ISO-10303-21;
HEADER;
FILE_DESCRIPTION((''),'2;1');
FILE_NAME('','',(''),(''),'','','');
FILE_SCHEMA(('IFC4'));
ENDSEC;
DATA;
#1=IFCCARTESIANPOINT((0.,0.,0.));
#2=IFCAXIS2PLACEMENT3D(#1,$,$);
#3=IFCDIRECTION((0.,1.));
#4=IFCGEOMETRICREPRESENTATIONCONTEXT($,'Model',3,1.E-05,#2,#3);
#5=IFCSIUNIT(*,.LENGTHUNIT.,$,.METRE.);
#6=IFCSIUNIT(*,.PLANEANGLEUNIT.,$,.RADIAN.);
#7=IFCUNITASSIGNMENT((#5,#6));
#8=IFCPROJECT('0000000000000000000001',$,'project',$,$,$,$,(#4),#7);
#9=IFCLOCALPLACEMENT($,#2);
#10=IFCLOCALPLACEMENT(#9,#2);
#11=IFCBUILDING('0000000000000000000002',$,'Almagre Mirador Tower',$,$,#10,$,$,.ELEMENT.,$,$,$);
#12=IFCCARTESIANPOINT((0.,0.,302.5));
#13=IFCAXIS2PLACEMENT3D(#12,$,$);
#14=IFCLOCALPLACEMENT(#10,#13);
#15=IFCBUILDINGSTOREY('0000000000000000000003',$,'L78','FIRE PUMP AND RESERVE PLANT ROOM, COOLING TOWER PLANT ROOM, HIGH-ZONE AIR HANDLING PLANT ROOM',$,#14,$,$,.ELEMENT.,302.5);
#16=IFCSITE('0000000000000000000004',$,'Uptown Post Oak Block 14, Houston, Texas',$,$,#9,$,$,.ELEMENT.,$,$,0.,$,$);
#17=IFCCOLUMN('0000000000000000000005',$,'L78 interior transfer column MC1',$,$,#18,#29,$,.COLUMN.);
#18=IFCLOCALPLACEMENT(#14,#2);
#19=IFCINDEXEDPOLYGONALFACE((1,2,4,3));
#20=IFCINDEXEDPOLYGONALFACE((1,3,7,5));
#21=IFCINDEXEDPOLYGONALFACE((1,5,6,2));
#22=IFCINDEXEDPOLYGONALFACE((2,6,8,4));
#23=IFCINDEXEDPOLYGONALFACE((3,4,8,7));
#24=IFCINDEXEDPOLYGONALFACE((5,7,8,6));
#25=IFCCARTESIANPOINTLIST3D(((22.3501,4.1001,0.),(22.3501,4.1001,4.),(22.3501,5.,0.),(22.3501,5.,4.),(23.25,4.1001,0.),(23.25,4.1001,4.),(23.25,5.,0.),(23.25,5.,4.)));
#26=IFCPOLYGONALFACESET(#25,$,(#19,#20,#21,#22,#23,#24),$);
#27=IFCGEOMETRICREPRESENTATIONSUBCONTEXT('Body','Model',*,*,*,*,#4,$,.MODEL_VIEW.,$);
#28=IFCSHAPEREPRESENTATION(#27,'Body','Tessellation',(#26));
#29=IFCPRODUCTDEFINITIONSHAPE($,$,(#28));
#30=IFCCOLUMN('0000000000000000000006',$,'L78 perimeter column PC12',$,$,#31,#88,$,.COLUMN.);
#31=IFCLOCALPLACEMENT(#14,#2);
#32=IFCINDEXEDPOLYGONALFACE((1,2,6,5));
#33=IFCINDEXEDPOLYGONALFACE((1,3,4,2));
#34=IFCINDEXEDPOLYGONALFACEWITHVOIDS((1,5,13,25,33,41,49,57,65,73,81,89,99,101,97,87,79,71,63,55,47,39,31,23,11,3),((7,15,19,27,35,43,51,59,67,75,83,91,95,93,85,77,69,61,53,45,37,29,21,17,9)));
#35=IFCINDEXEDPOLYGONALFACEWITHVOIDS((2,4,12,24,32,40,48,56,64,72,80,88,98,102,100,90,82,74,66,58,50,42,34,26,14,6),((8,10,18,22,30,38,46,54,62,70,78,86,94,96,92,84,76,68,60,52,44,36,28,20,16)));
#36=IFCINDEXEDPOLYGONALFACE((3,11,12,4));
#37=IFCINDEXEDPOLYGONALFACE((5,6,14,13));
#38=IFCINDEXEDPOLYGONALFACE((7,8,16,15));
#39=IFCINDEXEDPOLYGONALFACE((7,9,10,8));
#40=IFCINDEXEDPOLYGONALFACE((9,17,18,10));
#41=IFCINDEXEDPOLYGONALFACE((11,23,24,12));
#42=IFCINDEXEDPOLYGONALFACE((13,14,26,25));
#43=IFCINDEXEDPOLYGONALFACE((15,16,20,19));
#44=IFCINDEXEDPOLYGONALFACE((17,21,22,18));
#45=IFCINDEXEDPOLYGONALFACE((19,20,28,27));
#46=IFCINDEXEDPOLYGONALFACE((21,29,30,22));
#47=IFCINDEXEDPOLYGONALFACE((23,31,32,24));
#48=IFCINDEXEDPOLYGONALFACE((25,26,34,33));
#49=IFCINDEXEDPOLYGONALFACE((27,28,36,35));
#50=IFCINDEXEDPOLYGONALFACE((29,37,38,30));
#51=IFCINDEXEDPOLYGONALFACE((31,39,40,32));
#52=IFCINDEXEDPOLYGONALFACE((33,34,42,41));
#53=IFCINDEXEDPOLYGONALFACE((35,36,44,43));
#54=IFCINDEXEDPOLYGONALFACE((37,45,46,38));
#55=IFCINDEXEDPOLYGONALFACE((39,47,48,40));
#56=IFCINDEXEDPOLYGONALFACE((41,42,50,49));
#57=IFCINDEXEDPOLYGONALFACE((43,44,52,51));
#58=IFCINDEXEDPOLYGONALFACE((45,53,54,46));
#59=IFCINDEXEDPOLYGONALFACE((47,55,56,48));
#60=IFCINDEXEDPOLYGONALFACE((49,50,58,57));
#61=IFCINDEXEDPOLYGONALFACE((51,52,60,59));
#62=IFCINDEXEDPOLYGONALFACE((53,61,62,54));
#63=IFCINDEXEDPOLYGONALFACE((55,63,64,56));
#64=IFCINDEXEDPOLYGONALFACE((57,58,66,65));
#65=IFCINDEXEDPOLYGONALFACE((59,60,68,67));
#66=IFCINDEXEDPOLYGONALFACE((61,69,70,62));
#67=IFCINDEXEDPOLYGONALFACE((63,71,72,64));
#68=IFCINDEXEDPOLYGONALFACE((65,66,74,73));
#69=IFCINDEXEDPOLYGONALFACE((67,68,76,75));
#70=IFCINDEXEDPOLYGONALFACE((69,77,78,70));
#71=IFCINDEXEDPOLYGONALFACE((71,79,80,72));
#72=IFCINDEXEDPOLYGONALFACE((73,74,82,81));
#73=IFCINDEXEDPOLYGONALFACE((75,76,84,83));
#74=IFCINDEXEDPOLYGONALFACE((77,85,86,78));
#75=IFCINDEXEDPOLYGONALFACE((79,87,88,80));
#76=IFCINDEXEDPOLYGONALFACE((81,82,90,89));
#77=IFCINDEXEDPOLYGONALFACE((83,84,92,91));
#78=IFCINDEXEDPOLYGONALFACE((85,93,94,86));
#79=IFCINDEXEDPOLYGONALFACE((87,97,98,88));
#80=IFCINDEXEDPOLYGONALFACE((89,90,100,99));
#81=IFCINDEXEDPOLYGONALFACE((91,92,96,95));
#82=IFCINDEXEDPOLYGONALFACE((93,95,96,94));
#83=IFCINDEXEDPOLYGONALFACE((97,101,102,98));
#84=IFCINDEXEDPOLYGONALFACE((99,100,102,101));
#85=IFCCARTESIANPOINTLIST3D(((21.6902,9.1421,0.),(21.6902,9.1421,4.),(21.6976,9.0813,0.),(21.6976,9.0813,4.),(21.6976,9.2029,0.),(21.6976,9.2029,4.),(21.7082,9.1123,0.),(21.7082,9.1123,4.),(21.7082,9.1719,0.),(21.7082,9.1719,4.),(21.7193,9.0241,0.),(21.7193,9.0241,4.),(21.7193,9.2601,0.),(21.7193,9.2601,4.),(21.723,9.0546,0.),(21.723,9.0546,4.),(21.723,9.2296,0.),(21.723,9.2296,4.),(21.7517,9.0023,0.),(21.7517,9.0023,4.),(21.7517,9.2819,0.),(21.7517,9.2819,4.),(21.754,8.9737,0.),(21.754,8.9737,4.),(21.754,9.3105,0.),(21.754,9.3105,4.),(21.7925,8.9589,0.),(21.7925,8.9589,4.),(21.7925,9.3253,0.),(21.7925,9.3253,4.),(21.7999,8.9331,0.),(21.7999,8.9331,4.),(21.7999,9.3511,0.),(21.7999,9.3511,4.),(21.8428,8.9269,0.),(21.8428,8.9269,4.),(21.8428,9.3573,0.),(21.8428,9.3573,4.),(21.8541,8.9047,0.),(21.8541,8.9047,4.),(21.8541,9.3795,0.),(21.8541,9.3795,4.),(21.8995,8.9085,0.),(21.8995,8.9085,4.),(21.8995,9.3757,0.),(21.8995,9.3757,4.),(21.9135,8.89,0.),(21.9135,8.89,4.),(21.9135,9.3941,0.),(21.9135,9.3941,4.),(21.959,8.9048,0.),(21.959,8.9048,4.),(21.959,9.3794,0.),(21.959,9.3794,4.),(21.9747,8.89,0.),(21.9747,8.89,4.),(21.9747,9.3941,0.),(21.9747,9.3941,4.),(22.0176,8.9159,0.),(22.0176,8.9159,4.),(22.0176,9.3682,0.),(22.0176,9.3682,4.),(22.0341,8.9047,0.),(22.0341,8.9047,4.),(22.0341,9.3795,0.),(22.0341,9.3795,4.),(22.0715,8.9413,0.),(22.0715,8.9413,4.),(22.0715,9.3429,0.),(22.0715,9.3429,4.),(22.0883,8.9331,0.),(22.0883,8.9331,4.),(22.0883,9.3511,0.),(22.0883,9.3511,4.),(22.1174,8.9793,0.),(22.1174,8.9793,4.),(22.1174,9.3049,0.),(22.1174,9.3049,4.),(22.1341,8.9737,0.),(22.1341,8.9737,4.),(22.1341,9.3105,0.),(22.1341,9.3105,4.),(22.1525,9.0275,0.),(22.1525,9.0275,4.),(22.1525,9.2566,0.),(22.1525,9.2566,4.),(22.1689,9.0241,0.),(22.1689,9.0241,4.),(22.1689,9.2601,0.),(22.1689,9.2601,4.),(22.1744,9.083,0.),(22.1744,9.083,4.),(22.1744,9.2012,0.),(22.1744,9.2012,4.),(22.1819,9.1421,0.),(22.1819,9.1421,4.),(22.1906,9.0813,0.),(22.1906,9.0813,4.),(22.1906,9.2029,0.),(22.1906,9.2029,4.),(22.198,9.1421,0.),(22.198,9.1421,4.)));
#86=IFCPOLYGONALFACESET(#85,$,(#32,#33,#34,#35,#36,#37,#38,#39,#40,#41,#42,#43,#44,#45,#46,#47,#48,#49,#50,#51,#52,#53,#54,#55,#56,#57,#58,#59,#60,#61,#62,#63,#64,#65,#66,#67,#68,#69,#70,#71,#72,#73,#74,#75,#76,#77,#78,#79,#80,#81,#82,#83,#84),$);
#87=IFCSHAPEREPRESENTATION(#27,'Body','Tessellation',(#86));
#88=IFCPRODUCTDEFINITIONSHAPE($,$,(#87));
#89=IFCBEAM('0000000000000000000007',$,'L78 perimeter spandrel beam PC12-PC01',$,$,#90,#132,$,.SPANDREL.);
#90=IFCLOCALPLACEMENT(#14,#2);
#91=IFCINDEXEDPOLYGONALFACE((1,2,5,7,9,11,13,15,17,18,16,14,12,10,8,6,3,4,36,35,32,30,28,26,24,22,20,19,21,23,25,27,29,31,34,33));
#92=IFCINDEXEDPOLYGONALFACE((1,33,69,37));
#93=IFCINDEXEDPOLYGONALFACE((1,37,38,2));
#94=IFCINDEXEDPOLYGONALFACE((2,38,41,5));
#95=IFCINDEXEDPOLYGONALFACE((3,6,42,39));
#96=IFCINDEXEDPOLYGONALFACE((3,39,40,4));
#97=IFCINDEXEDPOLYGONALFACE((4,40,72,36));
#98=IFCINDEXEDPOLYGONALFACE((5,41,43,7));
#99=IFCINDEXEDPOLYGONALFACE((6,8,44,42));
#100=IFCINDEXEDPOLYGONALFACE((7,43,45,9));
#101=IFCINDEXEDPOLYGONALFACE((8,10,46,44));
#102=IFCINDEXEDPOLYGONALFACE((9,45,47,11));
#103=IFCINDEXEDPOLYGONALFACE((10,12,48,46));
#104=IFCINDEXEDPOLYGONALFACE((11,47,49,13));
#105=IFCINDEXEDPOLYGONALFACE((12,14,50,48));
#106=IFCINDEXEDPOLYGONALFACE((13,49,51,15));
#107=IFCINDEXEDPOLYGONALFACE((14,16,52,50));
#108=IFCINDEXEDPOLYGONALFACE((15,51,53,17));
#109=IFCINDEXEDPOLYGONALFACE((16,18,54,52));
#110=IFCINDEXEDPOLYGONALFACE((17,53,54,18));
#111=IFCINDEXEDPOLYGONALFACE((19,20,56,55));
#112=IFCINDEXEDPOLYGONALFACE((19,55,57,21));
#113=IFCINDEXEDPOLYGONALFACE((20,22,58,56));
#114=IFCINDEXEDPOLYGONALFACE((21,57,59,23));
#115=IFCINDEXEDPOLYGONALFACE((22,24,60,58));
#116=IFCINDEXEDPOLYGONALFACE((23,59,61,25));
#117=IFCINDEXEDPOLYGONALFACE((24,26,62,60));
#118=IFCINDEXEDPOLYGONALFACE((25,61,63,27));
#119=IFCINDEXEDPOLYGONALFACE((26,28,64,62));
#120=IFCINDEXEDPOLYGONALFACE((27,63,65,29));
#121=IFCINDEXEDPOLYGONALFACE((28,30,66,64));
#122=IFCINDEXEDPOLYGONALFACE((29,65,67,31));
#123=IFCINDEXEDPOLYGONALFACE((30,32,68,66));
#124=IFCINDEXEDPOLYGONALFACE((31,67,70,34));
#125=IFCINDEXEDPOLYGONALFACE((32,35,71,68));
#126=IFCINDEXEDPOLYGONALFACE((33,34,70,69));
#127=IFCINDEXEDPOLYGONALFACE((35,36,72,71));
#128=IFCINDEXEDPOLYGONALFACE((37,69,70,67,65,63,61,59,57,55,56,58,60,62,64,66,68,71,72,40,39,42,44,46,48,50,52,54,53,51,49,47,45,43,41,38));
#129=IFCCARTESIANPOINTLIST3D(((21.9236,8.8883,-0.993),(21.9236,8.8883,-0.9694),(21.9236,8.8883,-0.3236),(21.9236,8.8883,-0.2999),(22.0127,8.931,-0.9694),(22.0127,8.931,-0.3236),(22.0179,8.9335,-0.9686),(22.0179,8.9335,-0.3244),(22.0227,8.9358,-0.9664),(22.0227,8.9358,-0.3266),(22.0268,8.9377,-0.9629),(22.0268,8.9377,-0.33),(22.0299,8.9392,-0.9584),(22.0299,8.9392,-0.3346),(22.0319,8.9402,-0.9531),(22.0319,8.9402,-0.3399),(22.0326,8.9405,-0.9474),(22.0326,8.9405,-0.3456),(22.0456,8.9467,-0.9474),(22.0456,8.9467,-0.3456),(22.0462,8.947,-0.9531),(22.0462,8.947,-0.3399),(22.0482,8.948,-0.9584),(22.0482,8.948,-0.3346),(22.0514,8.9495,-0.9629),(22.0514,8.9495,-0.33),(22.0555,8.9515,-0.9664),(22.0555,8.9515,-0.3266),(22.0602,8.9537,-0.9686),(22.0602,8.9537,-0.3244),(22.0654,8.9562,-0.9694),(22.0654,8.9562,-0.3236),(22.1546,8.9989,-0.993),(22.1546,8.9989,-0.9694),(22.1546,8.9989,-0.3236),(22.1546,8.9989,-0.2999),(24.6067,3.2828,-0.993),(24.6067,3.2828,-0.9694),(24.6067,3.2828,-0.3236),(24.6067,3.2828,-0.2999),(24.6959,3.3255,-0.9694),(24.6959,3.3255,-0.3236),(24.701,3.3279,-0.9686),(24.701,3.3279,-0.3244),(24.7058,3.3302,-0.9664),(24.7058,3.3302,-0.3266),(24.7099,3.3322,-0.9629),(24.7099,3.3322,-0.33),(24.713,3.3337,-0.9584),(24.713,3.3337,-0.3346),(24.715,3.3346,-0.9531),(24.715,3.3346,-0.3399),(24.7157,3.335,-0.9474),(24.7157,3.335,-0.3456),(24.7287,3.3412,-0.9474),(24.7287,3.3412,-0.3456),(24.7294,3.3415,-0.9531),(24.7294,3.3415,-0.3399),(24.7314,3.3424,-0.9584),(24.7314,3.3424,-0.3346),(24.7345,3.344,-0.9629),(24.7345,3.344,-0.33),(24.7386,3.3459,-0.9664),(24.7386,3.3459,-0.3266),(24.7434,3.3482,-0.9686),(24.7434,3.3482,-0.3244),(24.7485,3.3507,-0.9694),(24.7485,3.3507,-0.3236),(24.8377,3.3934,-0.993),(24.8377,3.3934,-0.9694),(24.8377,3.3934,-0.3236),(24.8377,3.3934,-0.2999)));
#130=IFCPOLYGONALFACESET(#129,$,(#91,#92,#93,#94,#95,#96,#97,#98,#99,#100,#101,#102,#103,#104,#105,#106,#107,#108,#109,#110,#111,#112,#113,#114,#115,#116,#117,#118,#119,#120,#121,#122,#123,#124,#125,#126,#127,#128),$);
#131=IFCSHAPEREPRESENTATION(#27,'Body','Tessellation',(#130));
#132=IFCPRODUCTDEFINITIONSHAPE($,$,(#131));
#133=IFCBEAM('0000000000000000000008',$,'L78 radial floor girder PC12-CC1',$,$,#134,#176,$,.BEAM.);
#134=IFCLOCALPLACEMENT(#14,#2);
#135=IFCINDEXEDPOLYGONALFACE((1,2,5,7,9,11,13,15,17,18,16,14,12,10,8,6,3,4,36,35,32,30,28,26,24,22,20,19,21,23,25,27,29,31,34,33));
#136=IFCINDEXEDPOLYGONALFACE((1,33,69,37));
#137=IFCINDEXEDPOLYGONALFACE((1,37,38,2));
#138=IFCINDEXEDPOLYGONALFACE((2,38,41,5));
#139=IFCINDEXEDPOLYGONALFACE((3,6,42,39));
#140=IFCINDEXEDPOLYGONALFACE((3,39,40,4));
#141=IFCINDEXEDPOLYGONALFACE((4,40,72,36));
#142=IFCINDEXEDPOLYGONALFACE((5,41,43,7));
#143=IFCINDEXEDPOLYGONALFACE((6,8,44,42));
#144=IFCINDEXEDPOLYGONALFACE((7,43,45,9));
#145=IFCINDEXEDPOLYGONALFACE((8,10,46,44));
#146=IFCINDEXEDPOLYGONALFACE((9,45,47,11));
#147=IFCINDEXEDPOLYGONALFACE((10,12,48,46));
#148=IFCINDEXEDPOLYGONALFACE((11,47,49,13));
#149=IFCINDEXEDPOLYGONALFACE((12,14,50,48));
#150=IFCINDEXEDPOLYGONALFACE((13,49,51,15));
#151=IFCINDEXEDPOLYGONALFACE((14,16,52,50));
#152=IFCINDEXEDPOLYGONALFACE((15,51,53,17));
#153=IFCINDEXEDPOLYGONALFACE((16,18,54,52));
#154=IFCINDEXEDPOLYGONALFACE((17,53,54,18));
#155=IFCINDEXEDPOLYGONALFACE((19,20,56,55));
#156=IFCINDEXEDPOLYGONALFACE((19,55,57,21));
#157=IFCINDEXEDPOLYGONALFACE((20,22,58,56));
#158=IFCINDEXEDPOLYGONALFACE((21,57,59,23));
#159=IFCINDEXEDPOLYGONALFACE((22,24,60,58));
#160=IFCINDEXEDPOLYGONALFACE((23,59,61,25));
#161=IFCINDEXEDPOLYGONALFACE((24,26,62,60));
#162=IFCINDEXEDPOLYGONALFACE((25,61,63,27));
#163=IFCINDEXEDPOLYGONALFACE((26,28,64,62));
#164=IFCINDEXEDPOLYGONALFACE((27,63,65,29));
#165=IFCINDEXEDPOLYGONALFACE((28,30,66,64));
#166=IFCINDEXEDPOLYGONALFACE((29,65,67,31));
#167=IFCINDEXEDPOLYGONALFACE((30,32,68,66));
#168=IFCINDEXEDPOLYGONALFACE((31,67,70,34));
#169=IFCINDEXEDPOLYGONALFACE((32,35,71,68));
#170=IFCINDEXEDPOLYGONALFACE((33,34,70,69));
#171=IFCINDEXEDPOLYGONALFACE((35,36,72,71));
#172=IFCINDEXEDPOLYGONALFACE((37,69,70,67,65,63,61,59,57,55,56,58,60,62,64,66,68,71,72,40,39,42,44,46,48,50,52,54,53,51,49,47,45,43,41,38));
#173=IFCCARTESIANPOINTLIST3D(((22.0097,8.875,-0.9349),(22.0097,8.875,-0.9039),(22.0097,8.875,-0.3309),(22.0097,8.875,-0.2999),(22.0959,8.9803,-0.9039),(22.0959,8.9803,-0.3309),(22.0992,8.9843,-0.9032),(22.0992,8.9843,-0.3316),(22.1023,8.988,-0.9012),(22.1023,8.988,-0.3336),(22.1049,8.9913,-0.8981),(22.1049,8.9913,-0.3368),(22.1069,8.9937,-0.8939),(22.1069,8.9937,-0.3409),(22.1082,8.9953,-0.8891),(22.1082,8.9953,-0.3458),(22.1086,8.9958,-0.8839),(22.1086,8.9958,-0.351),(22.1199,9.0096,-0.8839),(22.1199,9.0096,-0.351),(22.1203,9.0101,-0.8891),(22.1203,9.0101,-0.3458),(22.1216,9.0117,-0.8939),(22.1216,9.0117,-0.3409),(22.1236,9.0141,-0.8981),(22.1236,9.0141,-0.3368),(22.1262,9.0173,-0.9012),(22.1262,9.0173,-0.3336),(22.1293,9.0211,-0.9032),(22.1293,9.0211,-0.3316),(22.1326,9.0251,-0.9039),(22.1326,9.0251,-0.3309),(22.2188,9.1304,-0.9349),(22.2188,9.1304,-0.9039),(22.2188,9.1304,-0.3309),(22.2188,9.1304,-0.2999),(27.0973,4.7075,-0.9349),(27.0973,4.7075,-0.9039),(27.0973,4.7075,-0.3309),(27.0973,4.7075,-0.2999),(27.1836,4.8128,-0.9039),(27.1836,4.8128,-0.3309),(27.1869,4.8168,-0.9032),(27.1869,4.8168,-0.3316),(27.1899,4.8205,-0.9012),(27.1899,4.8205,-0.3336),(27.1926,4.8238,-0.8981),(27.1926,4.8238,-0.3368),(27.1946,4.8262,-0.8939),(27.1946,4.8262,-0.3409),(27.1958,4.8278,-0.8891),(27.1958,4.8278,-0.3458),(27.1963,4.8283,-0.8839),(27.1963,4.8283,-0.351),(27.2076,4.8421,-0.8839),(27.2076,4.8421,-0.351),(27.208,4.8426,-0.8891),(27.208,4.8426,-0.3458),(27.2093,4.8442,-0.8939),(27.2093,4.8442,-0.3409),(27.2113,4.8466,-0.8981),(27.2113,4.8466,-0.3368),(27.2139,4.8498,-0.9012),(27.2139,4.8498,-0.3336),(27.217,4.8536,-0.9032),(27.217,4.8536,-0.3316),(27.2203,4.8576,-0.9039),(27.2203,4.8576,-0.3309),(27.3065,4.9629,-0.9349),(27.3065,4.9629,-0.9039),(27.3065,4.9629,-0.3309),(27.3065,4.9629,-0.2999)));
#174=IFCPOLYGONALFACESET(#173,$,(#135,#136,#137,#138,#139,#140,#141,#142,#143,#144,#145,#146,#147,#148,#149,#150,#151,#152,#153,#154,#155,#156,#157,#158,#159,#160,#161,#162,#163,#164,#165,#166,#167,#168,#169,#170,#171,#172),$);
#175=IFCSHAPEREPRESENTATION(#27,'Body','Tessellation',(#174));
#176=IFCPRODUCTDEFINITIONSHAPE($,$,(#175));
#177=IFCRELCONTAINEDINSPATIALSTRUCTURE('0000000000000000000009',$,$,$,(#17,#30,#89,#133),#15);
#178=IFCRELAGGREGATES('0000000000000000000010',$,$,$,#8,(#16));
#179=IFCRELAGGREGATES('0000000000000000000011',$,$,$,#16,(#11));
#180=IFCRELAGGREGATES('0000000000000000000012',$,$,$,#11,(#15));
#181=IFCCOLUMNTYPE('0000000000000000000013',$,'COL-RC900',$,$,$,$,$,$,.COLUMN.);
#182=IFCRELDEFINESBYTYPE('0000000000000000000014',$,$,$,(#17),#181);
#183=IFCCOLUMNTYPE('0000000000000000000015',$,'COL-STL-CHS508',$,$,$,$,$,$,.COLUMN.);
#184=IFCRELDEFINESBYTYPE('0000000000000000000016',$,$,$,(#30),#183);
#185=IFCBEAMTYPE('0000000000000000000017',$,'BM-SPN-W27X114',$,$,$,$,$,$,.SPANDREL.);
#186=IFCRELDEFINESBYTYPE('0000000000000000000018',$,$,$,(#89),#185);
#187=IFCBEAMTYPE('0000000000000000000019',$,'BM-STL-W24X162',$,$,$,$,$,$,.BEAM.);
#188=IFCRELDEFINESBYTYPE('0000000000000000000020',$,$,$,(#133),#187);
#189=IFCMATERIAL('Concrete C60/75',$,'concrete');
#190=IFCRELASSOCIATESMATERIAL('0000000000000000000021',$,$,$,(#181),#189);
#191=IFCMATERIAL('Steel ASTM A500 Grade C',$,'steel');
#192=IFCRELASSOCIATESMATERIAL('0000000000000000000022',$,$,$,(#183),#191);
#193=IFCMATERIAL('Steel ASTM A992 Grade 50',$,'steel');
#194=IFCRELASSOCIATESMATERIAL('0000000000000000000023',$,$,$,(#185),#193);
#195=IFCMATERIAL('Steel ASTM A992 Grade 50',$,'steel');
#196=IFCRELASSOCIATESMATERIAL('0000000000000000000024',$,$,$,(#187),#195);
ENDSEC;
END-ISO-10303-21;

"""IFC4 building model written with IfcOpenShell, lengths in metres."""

from ifc_helpers import new_model, si_unit, direction, frame, origin, origin_2d, place, context, subcontext, project, spatial, rectangle, hollow_circle, i_section, extrude, material, material_profile, profile_set, type_object, element, save


model = new_model("IFC4")

# Units and contexts
model_context = context("Model", 3, precision=1e-05, world=origin(), true_north=direction((0.0, 1.0)))
body_context = subcontext(model_context, "Body", "Model", "MODEL_VIEW")
ifc_project = project(units=[si_unit("LENGTHUNIT", "METRE"), si_unit("PLANEANGLEUNIT", "RADIAN")], contexts=[model_context])

# Site, building, storey
site_placement = place(None, origin())
site = spatial("IfcSite", under=ifc_project, at=site_placement, Name="Uptown Post Oak Block 14, Houston, Texas", CompositionType="ELEMENT", RefElevation=0.0)
building_placement = place(site_placement, origin())
building = spatial("IfcBuilding", under=site, at=building_placement, Name="Almagre Mirador Tower", CompositionType="ELEMENT")
storey_placement = place(building_placement, frame((0.0, 0.0, 302.5)))
storey = spatial("IfcBuildingStorey", under=building, at=storey_placement, Name="L78", Description="FIRE PUMP AND RESERVE PLANT ROOM, COOLING TOWER PLANT ROOM, HIGH-ZONE AIR HANDLING PLANT ROOM", CompositionType="ELEMENT", Elevation=302.5)

# Columns
ifc_material_1 = material(Name="Concrete C60/75", Category="concrete")
ifc_material_profile_1 = material_profile(ifc_material_1, rectangle(XDim=0.8999, YDim=0.8999, at=origin_2d()), Name="RC900X900")
ifc_profile_set_1 = profile_set([ifc_material_profile_1], Name="Concrete C60/75")
column_type_1 = type_object("IfcColumnType", Name="COL-RC900", PredefinedType="COLUMN", material=ifc_profile_set_1)
column_1_placement = place(storey_placement, frame((22.8, 4.55, 0.0), z_axis=(0.0, 0.0, 1.0), x_axis=(1.0, 0.0, 0.0)))
element("IfcColumn", 1, at=column_1_placement, inside=storey, type_object=column_type_1, Name="L78 interior transfer column MC1", PredefinedType="COLUMN", context=body_context, shape_type="SweptSolid", body=[
    extrude(rectangle(XDim=0.8999, YDim=0.8999, at=origin_2d()), origin(), (0.0, 0.0, 1.0), 4.0),
])
ifc_material_2 = material(Name="Steel ASTM A500 Grade C", Category="steel")
ifc_material_profile_2 = material_profile(ifc_material_2, hollow_circle(Radius=0.2539, WallThickness=0.0161, at=origin_2d()), Name="CHS508X16")
ifc_profile_set_2 = profile_set([ifc_material_profile_2], Name="Steel ASTM A500 Grade C")
column_type_2 = type_object("IfcColumnType", Name="COL-STL-CHS508", PredefinedType="COLUMN", material=ifc_profile_set_2)
column_2_placement = place(storey_placement, frame((21.9441, 9.1421, 0.0), z_axis=(0.0, 0.0, 1.0), x_axis=(1.0, 0.0, 0.0)))
element("IfcColumn", 2, at=column_2_placement, inside=storey, type_object=column_type_2, Name="L78 perimeter column PC12", PredefinedType="COLUMN", context=body_context, shape_type="SweptSolid", body=[
    extrude(hollow_circle(Radius=0.2539, WallThickness=0.0161, at=origin_2d()), origin(), (0.0, 0.0, 1.0), 4.0),
])

# Beams
ifc_material_3 = material(Name="Steel ASTM A992 Grade 50", Category="steel")
ifc_material_profile_3 = material_profile(ifc_material_3, i_section(OverallWidth=0.2561, OverallDepth=0.6931, WebThickness=0.0144, FlangeThickness=0.0237, FilletRadius=0.022, at=origin_2d()), Name="W27X114")
ifc_profile_set_3 = profile_set([ifc_material_profile_3], Name="Steel ASTM A992 Grade 50")
beam_type_1 = type_object("IfcBeamType", Name="BM-SPN-W27X114", PredefinedType="SPANDREL", material=ifc_profile_set_3)
beam_1_placement = place(storey_placement, frame((22.0391, 8.9436, -0.6465), z_axis=(0.431747, -0.901995, 0.0), x_axis=(0.901995, 0.431747, 0.0)))
element("IfcBeam", 3, at=beam_1_placement, inside=storey, type_object=beam_type_1, Name="L78 perimeter spandrel beam PC12-PC01", PredefinedType="SPANDREL", context=body_context, shape_type="SweptSolid", body=[
    extrude(i_section(OverallWidth=0.2561, OverallDepth=0.6931, WebThickness=0.0144, FlangeThickness=0.0237, FilletRadius=0.022, at=origin_2d()), origin(), (0.0, 0.0, 1.0), 6.2146),
])
ifc_material_4 = material(Name="Steel ASTM A992 Grade 50", Category="steel")
ifc_material_profile_4 = material_profile(ifc_material_4, i_section(OverallWidth=0.3301, OverallDepth=0.635, WebThickness=0.0178, FlangeThickness=0.031, FilletRadius=0.02, at=origin_2d()), Name="W24X162")
ifc_profile_set_4 = profile_set([ifc_material_profile_4], Name="Steel ASTM A992 Grade 50")
beam_type_2 = type_object("IfcBeamType", Name="BM-STL-W24X162", PredefinedType="BEAM", material=ifc_profile_set_4)
beam_2_placement = place(storey_placement, frame((22.1143, 9.0027, -0.6174), z_axis=(0.773595, -0.63368, 0.0), x_axis=(0.63368, 0.773595, 0.0)))
element("IfcBeam", 4, at=beam_2_placement, inside=storey, type_object=beam_type_2, Name="L78 radial floor girder PC12-CC1", PredefinedType="BEAM", context=body_context, shape_type="SweptSolid", body=[
    extrude(i_section(OverallWidth=0.3301, OverallDepth=0.635, WebThickness=0.0178, FlangeThickness=0.031, FilletRadius=0.02, at=origin_2d()), origin(), (0.0, 0.0, 1.0), 6.5767),
])

save(model, "model.ifc")
